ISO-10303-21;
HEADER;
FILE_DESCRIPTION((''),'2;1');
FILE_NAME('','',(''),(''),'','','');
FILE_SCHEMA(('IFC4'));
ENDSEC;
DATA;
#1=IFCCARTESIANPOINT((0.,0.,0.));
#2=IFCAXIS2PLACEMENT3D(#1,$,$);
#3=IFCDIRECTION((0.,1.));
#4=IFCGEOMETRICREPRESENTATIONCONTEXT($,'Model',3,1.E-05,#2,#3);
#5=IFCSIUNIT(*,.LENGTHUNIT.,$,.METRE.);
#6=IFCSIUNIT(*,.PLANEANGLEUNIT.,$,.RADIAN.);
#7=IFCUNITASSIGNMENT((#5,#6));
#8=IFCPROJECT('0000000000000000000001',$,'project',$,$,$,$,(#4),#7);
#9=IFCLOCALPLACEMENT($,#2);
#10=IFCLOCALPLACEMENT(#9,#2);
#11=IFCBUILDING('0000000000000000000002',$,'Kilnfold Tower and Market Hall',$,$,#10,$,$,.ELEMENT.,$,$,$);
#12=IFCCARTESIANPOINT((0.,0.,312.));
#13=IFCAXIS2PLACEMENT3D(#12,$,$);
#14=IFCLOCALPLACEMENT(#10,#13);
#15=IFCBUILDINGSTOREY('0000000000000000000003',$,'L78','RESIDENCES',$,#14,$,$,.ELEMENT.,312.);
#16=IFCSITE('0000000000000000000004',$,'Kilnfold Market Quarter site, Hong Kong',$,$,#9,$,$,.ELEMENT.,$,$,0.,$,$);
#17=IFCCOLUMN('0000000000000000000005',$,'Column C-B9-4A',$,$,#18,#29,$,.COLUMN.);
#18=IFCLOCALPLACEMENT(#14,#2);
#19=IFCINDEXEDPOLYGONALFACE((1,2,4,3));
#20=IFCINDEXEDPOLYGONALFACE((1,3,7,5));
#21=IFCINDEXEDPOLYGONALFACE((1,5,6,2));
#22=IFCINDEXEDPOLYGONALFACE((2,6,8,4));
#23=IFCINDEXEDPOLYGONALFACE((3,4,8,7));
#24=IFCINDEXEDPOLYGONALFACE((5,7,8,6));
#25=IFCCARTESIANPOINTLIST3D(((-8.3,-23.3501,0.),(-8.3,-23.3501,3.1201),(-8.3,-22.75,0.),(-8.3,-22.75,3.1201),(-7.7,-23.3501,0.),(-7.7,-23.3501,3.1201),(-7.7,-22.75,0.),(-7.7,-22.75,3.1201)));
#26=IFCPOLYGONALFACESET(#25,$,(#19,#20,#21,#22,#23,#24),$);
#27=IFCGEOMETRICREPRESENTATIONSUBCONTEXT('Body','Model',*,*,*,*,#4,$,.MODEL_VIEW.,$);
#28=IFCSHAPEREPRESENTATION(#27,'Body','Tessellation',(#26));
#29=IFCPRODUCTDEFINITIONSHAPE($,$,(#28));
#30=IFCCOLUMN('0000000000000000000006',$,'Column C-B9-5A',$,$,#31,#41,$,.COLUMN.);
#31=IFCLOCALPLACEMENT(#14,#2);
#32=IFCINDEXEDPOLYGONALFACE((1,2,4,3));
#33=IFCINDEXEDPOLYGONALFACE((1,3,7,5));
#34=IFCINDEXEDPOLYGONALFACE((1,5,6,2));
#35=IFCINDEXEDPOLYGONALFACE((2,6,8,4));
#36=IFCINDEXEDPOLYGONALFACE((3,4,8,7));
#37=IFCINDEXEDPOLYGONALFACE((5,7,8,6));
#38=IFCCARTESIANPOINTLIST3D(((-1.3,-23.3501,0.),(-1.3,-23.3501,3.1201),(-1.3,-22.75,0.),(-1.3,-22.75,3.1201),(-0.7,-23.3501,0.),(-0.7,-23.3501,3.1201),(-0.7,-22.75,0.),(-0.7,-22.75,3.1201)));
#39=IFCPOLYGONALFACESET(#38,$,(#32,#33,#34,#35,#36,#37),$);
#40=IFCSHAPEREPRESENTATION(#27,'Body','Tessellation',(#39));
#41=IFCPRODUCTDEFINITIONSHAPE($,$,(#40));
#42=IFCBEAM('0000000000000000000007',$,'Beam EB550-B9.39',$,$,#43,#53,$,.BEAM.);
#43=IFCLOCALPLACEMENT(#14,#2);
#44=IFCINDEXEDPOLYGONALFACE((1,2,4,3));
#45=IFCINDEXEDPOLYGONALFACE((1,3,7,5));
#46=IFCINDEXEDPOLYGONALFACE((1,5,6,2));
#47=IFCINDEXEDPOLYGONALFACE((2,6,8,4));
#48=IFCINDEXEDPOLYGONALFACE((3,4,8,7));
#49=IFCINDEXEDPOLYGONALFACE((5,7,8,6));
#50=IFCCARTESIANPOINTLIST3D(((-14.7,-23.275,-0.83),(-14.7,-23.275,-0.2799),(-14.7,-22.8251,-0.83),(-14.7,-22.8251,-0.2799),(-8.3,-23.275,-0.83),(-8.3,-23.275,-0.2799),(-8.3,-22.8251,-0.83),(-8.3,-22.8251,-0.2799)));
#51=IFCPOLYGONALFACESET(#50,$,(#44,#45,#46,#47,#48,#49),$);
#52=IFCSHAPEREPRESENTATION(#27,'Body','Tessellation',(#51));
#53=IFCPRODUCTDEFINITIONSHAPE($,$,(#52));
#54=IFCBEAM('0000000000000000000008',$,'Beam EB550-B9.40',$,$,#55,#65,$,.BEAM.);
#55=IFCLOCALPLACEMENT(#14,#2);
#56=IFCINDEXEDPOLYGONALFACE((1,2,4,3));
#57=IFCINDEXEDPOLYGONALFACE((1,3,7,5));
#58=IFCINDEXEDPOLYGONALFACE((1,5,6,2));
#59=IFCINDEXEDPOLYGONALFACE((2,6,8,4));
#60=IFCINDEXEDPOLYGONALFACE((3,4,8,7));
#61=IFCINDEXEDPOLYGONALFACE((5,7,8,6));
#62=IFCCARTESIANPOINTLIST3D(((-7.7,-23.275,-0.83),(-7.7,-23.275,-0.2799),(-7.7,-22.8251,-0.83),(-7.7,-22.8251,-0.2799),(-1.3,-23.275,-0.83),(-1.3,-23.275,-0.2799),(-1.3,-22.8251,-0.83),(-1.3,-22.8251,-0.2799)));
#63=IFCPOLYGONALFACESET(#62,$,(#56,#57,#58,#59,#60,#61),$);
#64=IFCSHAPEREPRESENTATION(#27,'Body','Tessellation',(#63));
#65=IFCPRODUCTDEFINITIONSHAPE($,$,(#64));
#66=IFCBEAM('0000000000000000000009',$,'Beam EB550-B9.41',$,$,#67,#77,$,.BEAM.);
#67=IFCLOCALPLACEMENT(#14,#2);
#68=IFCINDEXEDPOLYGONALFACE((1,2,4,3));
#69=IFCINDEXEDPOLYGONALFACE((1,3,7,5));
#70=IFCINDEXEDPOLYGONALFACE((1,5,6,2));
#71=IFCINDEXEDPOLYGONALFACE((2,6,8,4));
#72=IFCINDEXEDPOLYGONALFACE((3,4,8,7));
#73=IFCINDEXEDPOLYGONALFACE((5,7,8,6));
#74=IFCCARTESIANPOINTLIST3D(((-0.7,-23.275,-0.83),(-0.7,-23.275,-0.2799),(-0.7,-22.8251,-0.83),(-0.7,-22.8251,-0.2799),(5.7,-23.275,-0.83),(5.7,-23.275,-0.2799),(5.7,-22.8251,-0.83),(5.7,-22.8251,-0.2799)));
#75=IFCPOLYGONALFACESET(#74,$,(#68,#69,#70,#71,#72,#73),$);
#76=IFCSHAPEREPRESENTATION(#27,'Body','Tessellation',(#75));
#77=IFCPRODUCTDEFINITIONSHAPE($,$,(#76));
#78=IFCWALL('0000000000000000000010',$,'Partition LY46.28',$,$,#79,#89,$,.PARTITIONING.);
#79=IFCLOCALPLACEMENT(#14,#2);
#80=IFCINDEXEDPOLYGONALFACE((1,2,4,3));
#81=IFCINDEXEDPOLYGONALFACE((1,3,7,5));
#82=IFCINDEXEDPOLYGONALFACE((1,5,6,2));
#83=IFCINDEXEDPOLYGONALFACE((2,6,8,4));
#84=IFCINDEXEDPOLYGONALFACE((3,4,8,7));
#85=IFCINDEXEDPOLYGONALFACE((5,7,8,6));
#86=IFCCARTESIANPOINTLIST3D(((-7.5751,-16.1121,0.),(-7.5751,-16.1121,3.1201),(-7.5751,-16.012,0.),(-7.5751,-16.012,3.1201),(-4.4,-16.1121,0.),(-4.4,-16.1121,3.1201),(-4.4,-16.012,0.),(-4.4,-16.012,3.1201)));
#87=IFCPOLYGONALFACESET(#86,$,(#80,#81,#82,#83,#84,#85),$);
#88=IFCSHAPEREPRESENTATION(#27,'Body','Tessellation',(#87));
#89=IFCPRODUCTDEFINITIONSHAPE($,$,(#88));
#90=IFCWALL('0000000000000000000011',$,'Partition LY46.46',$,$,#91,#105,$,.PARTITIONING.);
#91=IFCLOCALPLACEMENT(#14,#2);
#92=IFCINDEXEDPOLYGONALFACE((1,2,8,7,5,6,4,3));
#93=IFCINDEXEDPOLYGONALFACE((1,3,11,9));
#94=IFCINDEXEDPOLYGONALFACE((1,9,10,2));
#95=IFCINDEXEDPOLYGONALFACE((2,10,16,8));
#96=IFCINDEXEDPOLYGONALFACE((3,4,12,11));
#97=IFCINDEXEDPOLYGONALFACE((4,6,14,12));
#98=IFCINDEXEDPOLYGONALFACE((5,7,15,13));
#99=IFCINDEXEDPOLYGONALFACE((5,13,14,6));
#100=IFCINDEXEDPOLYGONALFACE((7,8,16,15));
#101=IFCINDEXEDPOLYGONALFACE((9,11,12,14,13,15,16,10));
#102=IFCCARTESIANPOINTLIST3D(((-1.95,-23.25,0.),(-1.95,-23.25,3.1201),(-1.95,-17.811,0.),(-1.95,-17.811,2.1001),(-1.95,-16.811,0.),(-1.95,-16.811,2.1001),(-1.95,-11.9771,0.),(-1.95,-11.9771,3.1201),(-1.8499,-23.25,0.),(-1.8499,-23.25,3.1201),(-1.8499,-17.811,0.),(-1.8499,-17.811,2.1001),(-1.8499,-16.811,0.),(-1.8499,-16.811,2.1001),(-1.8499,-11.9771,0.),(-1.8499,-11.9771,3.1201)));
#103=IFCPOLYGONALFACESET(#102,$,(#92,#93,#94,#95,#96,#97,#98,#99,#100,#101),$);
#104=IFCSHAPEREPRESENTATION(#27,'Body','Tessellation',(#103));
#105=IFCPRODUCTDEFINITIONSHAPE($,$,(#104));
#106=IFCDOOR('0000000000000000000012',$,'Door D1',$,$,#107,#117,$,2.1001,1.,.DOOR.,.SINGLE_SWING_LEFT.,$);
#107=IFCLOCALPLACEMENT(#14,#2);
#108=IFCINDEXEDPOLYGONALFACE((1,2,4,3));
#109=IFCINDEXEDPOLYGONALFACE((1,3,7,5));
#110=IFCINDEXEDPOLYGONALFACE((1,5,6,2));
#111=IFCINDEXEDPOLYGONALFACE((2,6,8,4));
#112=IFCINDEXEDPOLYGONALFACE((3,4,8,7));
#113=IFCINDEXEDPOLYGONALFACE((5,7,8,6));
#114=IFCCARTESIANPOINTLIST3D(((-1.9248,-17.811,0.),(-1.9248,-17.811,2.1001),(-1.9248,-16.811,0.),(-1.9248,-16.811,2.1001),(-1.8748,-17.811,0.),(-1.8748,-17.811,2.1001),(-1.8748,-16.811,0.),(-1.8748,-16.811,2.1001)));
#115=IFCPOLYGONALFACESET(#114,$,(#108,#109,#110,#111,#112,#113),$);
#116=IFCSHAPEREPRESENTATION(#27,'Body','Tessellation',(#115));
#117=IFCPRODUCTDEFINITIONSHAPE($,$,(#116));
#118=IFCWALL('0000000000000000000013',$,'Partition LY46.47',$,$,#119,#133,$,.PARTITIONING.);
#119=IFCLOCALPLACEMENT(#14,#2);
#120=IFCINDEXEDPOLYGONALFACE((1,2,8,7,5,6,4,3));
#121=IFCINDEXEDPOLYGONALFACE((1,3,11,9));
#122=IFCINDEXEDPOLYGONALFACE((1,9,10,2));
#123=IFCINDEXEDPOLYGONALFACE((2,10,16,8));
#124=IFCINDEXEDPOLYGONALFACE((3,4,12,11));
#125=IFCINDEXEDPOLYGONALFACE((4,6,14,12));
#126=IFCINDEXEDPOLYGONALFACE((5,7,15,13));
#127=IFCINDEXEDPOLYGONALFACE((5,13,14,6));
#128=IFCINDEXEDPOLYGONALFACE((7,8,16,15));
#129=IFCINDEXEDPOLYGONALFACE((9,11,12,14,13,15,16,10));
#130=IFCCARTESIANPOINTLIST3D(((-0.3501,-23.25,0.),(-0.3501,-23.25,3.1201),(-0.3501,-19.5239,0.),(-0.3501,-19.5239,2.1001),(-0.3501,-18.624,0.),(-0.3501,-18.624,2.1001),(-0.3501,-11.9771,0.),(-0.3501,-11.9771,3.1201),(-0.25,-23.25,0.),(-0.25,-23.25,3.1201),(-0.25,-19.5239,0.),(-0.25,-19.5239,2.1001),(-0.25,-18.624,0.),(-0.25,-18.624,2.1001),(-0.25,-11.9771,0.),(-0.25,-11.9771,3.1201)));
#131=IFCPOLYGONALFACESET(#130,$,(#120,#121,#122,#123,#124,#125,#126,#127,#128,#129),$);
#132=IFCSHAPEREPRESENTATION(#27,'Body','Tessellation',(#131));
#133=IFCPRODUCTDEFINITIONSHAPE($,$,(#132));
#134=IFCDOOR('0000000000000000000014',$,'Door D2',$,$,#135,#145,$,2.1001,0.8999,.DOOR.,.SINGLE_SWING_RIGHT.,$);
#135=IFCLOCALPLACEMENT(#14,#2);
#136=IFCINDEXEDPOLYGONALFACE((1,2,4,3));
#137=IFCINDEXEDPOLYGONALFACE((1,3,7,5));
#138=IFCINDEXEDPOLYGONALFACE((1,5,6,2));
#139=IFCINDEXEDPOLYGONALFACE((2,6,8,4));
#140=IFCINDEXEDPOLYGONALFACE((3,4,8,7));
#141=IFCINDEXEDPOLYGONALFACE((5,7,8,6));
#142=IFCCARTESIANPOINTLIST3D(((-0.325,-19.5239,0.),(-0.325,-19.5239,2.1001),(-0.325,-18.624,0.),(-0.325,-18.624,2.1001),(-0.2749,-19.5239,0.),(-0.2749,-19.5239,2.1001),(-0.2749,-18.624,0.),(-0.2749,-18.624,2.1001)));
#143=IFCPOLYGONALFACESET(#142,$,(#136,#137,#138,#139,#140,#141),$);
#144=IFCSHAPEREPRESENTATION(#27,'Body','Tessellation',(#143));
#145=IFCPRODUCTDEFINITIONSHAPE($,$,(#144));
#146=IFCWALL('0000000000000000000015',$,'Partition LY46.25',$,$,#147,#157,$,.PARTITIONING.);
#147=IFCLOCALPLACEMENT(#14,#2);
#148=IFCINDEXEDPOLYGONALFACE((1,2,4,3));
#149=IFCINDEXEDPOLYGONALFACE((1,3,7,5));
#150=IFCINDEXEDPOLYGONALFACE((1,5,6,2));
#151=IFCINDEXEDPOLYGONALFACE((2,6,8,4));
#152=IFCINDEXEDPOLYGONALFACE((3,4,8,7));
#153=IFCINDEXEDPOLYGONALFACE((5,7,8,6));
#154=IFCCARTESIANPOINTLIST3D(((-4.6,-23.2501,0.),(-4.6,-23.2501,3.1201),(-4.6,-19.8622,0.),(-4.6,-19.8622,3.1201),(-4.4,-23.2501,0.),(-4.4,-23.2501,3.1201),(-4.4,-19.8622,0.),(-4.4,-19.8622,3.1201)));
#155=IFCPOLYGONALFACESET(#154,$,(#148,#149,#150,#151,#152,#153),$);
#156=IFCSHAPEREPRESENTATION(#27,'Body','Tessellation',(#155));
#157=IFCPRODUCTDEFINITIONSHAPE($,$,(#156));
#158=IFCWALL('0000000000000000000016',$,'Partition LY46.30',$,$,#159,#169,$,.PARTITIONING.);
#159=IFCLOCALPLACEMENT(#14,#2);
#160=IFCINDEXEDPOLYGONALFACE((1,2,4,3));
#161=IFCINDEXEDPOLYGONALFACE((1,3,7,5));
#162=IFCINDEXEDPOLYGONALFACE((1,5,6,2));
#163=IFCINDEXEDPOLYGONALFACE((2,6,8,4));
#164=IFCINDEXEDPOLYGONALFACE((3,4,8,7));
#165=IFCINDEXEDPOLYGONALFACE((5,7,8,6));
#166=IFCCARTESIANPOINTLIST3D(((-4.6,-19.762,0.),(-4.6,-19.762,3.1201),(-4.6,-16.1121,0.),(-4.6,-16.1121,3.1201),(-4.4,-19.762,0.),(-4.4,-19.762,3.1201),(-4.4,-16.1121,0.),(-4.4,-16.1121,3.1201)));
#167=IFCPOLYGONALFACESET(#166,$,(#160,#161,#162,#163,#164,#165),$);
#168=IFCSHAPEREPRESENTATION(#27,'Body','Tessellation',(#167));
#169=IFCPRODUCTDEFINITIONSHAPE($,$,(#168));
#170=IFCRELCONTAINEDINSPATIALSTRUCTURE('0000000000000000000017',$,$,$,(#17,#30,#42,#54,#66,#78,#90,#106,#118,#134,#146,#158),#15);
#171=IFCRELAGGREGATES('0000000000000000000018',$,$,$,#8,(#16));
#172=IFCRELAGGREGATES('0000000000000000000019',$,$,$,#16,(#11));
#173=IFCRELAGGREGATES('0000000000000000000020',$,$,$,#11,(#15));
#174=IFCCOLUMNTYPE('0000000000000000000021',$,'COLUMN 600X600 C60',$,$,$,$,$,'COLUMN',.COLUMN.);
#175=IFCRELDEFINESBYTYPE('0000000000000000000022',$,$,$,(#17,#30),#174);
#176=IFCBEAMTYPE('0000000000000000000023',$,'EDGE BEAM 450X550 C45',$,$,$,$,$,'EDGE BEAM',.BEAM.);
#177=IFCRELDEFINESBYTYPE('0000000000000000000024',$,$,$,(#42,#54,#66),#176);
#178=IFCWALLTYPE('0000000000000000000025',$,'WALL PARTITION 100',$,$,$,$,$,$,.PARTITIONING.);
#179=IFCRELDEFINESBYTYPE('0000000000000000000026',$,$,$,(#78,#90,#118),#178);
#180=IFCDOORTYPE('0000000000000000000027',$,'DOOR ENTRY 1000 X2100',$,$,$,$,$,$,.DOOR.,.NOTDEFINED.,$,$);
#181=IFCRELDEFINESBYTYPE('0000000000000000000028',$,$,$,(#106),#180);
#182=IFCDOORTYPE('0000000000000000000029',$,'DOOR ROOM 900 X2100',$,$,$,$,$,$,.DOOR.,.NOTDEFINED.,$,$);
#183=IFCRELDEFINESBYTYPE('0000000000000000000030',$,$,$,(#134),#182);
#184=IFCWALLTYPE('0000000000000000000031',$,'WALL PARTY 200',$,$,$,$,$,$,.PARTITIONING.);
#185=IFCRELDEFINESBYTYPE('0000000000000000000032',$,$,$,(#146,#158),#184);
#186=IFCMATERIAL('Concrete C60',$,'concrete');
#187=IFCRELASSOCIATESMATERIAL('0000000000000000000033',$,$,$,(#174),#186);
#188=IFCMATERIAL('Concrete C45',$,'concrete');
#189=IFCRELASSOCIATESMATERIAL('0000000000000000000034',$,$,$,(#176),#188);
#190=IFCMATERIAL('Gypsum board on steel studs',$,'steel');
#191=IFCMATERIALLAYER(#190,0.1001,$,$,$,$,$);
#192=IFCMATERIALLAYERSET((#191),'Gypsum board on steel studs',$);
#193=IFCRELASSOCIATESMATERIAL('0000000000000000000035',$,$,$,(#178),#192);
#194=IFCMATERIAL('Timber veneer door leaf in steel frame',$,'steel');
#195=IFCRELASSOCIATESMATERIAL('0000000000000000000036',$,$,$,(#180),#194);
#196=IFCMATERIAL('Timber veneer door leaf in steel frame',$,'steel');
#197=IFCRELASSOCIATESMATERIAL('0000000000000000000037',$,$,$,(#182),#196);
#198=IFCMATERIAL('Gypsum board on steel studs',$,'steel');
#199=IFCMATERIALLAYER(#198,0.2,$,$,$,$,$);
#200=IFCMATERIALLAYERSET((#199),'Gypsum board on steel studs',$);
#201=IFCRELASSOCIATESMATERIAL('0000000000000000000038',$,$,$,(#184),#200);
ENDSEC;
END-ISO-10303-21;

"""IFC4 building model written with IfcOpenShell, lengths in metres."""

from ifc_helpers import new_model, si_unit, direction, frame, frame_2d, origin, origin_2d, place, context, subcontext, project, spatial, rectangle, extrude, source, transform, mapped, material, layer, layer_set, material_profile, profile_set, type_object, element, fill, save


model = new_model("IFC4")

# Units and contexts
model_context = context("Model", 3, precision=1e-05, world=origin(), true_north=direction((0.0, 1.0)))
body_context = subcontext(model_context, "Body", "Model", "MODEL_VIEW")
ifc_project = project(units=[si_unit("LENGTHUNIT", "METRE"), si_unit("PLANEANGLEUNIT", "RADIAN")], contexts=[model_context])

# Site, building, storey
site_placement = place(None, origin())
site = spatial("IfcSite", under=ifc_project, at=site_placement, Name="Kilnfold Market Quarter site, Hong Kong", CompositionType="ELEMENT", RefElevation=0.0)
building_placement = place(site_placement, origin())
building = spatial("IfcBuilding", under=site, at=building_placement, Name="Kilnfold Tower and Market Hall", CompositionType="ELEMENT")
storey_placement = place(building_placement, frame((0.0, 0.0, 312.0)))
storey = spatial("IfcBuildingStorey", under=building, at=storey_placement, Name="L78", Description="RESIDENCES", CompositionType="ELEMENT", Elevation=312.0)

# Columns
ifc_material_1 = material(Name="Concrete C60", Category="concrete")
ifc_material_profile_1 = material_profile(ifc_material_1, rectangle(XDim=0.6001, YDim=0.6001, at=origin_2d()), Name="RC 600x600")
ifc_profile_set_1 = profile_set([ifc_material_profile_1], Name="Concrete C60")
column_type = type_object("IfcColumnType", Name="COLUMN 600X600 C60", ElementType="COLUMN", PredefinedType="COLUMN", material=ifc_profile_set_1)
shared_shape_1 = source(origin(), body_context, "Body", "SweptSolid", [
    extrude(rectangle(XDim=0.6001, YDim=0.6001, at=origin_2d()), origin(), (0.0, 0.0, 1.0), 3.1201),
])
for number, where, z_axis, x_axis, name in (
    (1, (-8.0, -23.05, 0.0), (0.0, 0.0, 1.0), (1.0, 0.0, 0.0), "Column C-B9-4A"),
    (2, (-1.0, -23.05, 0.0), (0.0, 0.0, 1.0), (1.0, 0.0, 0.0), "Column C-B9-5A"),
):
    element("IfcColumn", number, at=place(storey_placement, frame(where, z_axis=z_axis, x_axis=x_axis)), inside=storey, type_object=column_type, Name=name, PredefinedType="COLUMN", context=body_context, shape_type="MappedRepresentation", body=[
        mapped(shared_shape_1, transform((0.0, 0.0, 0.0))),
    ])

# Beams
ifc_material_2 = material(Name="Concrete C45", Category="concrete")
ifc_material_profile_2 = material_profile(ifc_material_2, rectangle(XDim=0.45, YDim=0.55, at=origin_2d()), Name="RC 450x550")
ifc_profile_set_2 = profile_set([ifc_material_profile_2], Name="Concrete C45")
beam_type = type_object("IfcBeamType", Name="EDGE BEAM 450X550 C45", ElementType="EDGE BEAM", PredefinedType="BEAM", material=ifc_profile_set_2)
shared_shape_2 = source(origin(), body_context, "Body", "SweptSolid", [
    extrude(rectangle(XDim=0.45, YDim=0.55, at=origin_2d()), origin(), (0.0, 0.0, 1.0), 6.3999),
])
for number, where, z_axis, x_axis, name in (
    (3, (-14.7, -23.05, -0.5549), (1.0, 0.0, 0.0), (0.0, 1.0, 0.0), "Beam EB550-B9.39"),
    (4, (-7.7, -23.05, -0.5549), (1.0, 0.0, 0.0), (0.0, 1.0, 0.0), "Beam EB550-B9.40"),
    (5, (-0.7, -23.05, -0.5549), (1.0, 0.0, 0.0), (0.0, 1.0, 0.0), "Beam EB550-B9.41"),
):
    element("IfcBeam", number, at=place(storey_placement, frame(where, z_axis=z_axis, x_axis=x_axis)), inside=storey, type_object=beam_type, Name=name, PredefinedType="BEAM", context=body_context, shape_type="MappedRepresentation", body=[
        mapped(shared_shape_2, transform((0.0, 0.0, 0.0))),
    ])

# Wall
ifc_material_3 = material(Name="Gypsum board on steel studs", Category="steel")
ifc_layer_1 = layer(ifc_material_3, 0.1001)
ifc_layer_set_1 = layer_set([ifc_layer_1], Name="Gypsum board on steel studs")
wall_type_1 = type_object("IfcWallType", Name="WALL PARTITION 100", PredefinedType="PARTITIONING", material=ifc_layer_set_1)
wall_1_placement = place(storey_placement, frame((-7.575, -16.062, 0.0), z_axis=(0.0, 0.0, 1.0), x_axis=(1.0, 0.0, 0.0)))
element("IfcWall", 6, at=wall_1_placement, inside=storey, type_object=wall_type_1, Name="Partition LY46.28", PredefinedType="PARTITIONING", context=body_context, shape_type="SweptSolid", body=[
    extrude(rectangle(XDim=3.175, YDim=0.1001, at=frame_2d((1.5874, 0.0))), origin(), (0.0, 0.0, 1.0), 3.1201),
])

# Walls, openings, doors
wall_2_placement = place(storey_placement, frame((-1.8999, -23.25, 0.0), z_axis=(0.0, 0.0, 1.0), x_axis=(0.0, 1.0, 0.0)))
wall_2 = element("IfcWall", 7, at=wall_2_placement, inside=storey, type_object=wall_type_1, Name="Partition LY46.46", PredefinedType="PARTITIONING", context=body_context, shape_type="SweptSolid", body=[
    extrude(rectangle(XDim=11.2729, YDim=0.1001, at=frame_2d((5.6365, 0.0))), origin(), (0.0, 0.0, 1.0), 3.1201),
])
opening_1_placement = place(wall_2_placement, frame((5.439, 0.0, 0.0)))
opening_1 = element("IfcOpeningElement", 8, at=opening_1_placement, cuts=wall_2, PredefinedType="OPENING", context=body_context, shape_type="SweptSolid", body=[
    extrude(rectangle(XDim=1.0, YDim=2.1001, at=frame_2d((0.5, 1.05))), frame((0.0, 0.0601, 0.0), z_axis=(0.0, -1.0, 0.0), x_axis=(1.0, 0.0, 0.0)), (0.0, 0.0, 1.0), 0.1201),
])
ifc_material_4 = material(Name="Timber veneer door leaf in steel frame", Category="steel")
door_type_1 = type_object("IfcDoorType", Name="DOOR ENTRY 1000 X2100", OperationType="NOTDEFINED", PredefinedType="DOOR", material=ifc_material_4)
door_1_placement = place(opening_1_placement, origin())
door_1 = element("IfcDoor", 9, at=door_1_placement, inside=storey, type_object=door_type_1, Name="Door D1", OperationType="SINGLE_SWING_LEFT", OverallHeight=2.1001, OverallWidth=1.0, PredefinedType="DOOR", context=body_context, shape_type="SweptSolid", body=[
    extrude(rectangle(XDim=1.0, YDim=2.1001, at=frame_2d((0.5, 1.05))), frame((0.0, 0.0249, 0.0), z_axis=(0.0, -1.0, 0.0), x_axis=(1.0, 0.0, 0.0)), (0.0, 0.0, 1.0), 0.05),
])
fill(opening_1, door_1)
wall_3_placement = place(storey_placement, frame((-0.3, -23.25, 0.0), z_axis=(0.0, 0.0, 1.0), x_axis=(0.0, 1.0, 0.0)))
wall_3 = element("IfcWall", 10, at=wall_3_placement, inside=storey, type_object=wall_type_1, Name="Partition LY46.47", PredefinedType="PARTITIONING", context=body_context, shape_type="SweptSolid", body=[
    extrude(rectangle(XDim=11.2729, YDim=0.1001, at=frame_2d((5.6365, 0.0))), origin(), (0.0, 0.0, 1.0), 3.1201),
])
opening_2_placement = place(wall_3_placement, frame((3.7261, 0.0, 0.0)))
opening_2 = element("IfcOpeningElement", 11, at=opening_2_placement, cuts=wall_3, PredefinedType="OPENING", context=body_context, shape_type="SweptSolid", body=[
    extrude(rectangle(XDim=0.8999, YDim=2.1001, at=frame_2d((0.45, 1.05))), frame((0.0, 0.0601, 0.0), z_axis=(0.0, -1.0, 0.0), x_axis=(1.0, 0.0, 0.0)), (0.0, 0.0, 1.0), 0.1201),
])
ifc_material_5 = material(Name="Timber veneer door leaf in steel frame", Category="steel")
door_type_2 = type_object("IfcDoorType", Name="DOOR ROOM 900 X2100", OperationType="NOTDEFINED", PredefinedType="DOOR", material=ifc_material_5)
door_2_placement = place(opening_2_placement, origin())
door_2 = element("IfcDoor", 12, at=door_2_placement, inside=storey, type_object=door_type_2, Name="Door D2", OperationType="SINGLE_SWING_RIGHT", OverallHeight=2.1001, OverallWidth=0.8999, PredefinedType="DOOR", context=body_context, shape_type="SweptSolid", body=[
    extrude(rectangle(XDim=0.8999, YDim=2.1001, at=frame_2d((0.45, 1.05))), frame((0.0, 0.0249, 0.0), z_axis=(0.0, -1.0, 0.0), x_axis=(1.0, 0.0, 0.0)), (0.0, 0.0, 1.0), 0.05),
])
fill(opening_2, door_2)

# Walls
ifc_material_6 = material(Name="Gypsum board on steel studs", Category="steel")
ifc_layer_2 = layer(ifc_material_6, 0.2)
ifc_layer_set_2 = layer_set([ifc_layer_2], Name="Gypsum board on steel studs")
wall_type_2 = type_object("IfcWallType", Name="WALL PARTY 200", PredefinedType="PARTITIONING", material=ifc_layer_set_2)
wall_4_placement = place(storey_placement, frame((-4.5, -23.25, 0.0), z_axis=(0.0, 0.0, 1.0), x_axis=(0.0, 1.0, 0.0)))
element("IfcWall", 13, at=wall_4_placement, inside=storey, type_object=wall_type_2, Name="Partition LY46.25", PredefinedType="PARTITIONING", context=body_context, shape_type="SweptSolid", body=[
    extrude(rectangle(XDim=3.3879, YDim=0.2, at=frame_2d((1.6938, 0.0))), origin(), (0.0, 0.0, 1.0), 3.1201),
])
wall_5_placement = place(storey_placement, frame((-4.5, -19.762, 0.0), z_axis=(0.0, 0.0, 1.0), x_axis=(0.0, 1.0, 0.0)))
element("IfcWall", 14, at=wall_5_placement, inside=storey, type_object=wall_type_2, Name="Partition LY46.30", PredefinedType="PARTITIONING", context=body_context, shape_type="SweptSolid", body=[
    extrude(rectangle(XDim=3.6499, YDim=0.2, at=frame_2d((1.825, 0.0))), origin(), (0.0, 0.0, 1.0), 3.1201),
])

save(model, "model.ifc")
